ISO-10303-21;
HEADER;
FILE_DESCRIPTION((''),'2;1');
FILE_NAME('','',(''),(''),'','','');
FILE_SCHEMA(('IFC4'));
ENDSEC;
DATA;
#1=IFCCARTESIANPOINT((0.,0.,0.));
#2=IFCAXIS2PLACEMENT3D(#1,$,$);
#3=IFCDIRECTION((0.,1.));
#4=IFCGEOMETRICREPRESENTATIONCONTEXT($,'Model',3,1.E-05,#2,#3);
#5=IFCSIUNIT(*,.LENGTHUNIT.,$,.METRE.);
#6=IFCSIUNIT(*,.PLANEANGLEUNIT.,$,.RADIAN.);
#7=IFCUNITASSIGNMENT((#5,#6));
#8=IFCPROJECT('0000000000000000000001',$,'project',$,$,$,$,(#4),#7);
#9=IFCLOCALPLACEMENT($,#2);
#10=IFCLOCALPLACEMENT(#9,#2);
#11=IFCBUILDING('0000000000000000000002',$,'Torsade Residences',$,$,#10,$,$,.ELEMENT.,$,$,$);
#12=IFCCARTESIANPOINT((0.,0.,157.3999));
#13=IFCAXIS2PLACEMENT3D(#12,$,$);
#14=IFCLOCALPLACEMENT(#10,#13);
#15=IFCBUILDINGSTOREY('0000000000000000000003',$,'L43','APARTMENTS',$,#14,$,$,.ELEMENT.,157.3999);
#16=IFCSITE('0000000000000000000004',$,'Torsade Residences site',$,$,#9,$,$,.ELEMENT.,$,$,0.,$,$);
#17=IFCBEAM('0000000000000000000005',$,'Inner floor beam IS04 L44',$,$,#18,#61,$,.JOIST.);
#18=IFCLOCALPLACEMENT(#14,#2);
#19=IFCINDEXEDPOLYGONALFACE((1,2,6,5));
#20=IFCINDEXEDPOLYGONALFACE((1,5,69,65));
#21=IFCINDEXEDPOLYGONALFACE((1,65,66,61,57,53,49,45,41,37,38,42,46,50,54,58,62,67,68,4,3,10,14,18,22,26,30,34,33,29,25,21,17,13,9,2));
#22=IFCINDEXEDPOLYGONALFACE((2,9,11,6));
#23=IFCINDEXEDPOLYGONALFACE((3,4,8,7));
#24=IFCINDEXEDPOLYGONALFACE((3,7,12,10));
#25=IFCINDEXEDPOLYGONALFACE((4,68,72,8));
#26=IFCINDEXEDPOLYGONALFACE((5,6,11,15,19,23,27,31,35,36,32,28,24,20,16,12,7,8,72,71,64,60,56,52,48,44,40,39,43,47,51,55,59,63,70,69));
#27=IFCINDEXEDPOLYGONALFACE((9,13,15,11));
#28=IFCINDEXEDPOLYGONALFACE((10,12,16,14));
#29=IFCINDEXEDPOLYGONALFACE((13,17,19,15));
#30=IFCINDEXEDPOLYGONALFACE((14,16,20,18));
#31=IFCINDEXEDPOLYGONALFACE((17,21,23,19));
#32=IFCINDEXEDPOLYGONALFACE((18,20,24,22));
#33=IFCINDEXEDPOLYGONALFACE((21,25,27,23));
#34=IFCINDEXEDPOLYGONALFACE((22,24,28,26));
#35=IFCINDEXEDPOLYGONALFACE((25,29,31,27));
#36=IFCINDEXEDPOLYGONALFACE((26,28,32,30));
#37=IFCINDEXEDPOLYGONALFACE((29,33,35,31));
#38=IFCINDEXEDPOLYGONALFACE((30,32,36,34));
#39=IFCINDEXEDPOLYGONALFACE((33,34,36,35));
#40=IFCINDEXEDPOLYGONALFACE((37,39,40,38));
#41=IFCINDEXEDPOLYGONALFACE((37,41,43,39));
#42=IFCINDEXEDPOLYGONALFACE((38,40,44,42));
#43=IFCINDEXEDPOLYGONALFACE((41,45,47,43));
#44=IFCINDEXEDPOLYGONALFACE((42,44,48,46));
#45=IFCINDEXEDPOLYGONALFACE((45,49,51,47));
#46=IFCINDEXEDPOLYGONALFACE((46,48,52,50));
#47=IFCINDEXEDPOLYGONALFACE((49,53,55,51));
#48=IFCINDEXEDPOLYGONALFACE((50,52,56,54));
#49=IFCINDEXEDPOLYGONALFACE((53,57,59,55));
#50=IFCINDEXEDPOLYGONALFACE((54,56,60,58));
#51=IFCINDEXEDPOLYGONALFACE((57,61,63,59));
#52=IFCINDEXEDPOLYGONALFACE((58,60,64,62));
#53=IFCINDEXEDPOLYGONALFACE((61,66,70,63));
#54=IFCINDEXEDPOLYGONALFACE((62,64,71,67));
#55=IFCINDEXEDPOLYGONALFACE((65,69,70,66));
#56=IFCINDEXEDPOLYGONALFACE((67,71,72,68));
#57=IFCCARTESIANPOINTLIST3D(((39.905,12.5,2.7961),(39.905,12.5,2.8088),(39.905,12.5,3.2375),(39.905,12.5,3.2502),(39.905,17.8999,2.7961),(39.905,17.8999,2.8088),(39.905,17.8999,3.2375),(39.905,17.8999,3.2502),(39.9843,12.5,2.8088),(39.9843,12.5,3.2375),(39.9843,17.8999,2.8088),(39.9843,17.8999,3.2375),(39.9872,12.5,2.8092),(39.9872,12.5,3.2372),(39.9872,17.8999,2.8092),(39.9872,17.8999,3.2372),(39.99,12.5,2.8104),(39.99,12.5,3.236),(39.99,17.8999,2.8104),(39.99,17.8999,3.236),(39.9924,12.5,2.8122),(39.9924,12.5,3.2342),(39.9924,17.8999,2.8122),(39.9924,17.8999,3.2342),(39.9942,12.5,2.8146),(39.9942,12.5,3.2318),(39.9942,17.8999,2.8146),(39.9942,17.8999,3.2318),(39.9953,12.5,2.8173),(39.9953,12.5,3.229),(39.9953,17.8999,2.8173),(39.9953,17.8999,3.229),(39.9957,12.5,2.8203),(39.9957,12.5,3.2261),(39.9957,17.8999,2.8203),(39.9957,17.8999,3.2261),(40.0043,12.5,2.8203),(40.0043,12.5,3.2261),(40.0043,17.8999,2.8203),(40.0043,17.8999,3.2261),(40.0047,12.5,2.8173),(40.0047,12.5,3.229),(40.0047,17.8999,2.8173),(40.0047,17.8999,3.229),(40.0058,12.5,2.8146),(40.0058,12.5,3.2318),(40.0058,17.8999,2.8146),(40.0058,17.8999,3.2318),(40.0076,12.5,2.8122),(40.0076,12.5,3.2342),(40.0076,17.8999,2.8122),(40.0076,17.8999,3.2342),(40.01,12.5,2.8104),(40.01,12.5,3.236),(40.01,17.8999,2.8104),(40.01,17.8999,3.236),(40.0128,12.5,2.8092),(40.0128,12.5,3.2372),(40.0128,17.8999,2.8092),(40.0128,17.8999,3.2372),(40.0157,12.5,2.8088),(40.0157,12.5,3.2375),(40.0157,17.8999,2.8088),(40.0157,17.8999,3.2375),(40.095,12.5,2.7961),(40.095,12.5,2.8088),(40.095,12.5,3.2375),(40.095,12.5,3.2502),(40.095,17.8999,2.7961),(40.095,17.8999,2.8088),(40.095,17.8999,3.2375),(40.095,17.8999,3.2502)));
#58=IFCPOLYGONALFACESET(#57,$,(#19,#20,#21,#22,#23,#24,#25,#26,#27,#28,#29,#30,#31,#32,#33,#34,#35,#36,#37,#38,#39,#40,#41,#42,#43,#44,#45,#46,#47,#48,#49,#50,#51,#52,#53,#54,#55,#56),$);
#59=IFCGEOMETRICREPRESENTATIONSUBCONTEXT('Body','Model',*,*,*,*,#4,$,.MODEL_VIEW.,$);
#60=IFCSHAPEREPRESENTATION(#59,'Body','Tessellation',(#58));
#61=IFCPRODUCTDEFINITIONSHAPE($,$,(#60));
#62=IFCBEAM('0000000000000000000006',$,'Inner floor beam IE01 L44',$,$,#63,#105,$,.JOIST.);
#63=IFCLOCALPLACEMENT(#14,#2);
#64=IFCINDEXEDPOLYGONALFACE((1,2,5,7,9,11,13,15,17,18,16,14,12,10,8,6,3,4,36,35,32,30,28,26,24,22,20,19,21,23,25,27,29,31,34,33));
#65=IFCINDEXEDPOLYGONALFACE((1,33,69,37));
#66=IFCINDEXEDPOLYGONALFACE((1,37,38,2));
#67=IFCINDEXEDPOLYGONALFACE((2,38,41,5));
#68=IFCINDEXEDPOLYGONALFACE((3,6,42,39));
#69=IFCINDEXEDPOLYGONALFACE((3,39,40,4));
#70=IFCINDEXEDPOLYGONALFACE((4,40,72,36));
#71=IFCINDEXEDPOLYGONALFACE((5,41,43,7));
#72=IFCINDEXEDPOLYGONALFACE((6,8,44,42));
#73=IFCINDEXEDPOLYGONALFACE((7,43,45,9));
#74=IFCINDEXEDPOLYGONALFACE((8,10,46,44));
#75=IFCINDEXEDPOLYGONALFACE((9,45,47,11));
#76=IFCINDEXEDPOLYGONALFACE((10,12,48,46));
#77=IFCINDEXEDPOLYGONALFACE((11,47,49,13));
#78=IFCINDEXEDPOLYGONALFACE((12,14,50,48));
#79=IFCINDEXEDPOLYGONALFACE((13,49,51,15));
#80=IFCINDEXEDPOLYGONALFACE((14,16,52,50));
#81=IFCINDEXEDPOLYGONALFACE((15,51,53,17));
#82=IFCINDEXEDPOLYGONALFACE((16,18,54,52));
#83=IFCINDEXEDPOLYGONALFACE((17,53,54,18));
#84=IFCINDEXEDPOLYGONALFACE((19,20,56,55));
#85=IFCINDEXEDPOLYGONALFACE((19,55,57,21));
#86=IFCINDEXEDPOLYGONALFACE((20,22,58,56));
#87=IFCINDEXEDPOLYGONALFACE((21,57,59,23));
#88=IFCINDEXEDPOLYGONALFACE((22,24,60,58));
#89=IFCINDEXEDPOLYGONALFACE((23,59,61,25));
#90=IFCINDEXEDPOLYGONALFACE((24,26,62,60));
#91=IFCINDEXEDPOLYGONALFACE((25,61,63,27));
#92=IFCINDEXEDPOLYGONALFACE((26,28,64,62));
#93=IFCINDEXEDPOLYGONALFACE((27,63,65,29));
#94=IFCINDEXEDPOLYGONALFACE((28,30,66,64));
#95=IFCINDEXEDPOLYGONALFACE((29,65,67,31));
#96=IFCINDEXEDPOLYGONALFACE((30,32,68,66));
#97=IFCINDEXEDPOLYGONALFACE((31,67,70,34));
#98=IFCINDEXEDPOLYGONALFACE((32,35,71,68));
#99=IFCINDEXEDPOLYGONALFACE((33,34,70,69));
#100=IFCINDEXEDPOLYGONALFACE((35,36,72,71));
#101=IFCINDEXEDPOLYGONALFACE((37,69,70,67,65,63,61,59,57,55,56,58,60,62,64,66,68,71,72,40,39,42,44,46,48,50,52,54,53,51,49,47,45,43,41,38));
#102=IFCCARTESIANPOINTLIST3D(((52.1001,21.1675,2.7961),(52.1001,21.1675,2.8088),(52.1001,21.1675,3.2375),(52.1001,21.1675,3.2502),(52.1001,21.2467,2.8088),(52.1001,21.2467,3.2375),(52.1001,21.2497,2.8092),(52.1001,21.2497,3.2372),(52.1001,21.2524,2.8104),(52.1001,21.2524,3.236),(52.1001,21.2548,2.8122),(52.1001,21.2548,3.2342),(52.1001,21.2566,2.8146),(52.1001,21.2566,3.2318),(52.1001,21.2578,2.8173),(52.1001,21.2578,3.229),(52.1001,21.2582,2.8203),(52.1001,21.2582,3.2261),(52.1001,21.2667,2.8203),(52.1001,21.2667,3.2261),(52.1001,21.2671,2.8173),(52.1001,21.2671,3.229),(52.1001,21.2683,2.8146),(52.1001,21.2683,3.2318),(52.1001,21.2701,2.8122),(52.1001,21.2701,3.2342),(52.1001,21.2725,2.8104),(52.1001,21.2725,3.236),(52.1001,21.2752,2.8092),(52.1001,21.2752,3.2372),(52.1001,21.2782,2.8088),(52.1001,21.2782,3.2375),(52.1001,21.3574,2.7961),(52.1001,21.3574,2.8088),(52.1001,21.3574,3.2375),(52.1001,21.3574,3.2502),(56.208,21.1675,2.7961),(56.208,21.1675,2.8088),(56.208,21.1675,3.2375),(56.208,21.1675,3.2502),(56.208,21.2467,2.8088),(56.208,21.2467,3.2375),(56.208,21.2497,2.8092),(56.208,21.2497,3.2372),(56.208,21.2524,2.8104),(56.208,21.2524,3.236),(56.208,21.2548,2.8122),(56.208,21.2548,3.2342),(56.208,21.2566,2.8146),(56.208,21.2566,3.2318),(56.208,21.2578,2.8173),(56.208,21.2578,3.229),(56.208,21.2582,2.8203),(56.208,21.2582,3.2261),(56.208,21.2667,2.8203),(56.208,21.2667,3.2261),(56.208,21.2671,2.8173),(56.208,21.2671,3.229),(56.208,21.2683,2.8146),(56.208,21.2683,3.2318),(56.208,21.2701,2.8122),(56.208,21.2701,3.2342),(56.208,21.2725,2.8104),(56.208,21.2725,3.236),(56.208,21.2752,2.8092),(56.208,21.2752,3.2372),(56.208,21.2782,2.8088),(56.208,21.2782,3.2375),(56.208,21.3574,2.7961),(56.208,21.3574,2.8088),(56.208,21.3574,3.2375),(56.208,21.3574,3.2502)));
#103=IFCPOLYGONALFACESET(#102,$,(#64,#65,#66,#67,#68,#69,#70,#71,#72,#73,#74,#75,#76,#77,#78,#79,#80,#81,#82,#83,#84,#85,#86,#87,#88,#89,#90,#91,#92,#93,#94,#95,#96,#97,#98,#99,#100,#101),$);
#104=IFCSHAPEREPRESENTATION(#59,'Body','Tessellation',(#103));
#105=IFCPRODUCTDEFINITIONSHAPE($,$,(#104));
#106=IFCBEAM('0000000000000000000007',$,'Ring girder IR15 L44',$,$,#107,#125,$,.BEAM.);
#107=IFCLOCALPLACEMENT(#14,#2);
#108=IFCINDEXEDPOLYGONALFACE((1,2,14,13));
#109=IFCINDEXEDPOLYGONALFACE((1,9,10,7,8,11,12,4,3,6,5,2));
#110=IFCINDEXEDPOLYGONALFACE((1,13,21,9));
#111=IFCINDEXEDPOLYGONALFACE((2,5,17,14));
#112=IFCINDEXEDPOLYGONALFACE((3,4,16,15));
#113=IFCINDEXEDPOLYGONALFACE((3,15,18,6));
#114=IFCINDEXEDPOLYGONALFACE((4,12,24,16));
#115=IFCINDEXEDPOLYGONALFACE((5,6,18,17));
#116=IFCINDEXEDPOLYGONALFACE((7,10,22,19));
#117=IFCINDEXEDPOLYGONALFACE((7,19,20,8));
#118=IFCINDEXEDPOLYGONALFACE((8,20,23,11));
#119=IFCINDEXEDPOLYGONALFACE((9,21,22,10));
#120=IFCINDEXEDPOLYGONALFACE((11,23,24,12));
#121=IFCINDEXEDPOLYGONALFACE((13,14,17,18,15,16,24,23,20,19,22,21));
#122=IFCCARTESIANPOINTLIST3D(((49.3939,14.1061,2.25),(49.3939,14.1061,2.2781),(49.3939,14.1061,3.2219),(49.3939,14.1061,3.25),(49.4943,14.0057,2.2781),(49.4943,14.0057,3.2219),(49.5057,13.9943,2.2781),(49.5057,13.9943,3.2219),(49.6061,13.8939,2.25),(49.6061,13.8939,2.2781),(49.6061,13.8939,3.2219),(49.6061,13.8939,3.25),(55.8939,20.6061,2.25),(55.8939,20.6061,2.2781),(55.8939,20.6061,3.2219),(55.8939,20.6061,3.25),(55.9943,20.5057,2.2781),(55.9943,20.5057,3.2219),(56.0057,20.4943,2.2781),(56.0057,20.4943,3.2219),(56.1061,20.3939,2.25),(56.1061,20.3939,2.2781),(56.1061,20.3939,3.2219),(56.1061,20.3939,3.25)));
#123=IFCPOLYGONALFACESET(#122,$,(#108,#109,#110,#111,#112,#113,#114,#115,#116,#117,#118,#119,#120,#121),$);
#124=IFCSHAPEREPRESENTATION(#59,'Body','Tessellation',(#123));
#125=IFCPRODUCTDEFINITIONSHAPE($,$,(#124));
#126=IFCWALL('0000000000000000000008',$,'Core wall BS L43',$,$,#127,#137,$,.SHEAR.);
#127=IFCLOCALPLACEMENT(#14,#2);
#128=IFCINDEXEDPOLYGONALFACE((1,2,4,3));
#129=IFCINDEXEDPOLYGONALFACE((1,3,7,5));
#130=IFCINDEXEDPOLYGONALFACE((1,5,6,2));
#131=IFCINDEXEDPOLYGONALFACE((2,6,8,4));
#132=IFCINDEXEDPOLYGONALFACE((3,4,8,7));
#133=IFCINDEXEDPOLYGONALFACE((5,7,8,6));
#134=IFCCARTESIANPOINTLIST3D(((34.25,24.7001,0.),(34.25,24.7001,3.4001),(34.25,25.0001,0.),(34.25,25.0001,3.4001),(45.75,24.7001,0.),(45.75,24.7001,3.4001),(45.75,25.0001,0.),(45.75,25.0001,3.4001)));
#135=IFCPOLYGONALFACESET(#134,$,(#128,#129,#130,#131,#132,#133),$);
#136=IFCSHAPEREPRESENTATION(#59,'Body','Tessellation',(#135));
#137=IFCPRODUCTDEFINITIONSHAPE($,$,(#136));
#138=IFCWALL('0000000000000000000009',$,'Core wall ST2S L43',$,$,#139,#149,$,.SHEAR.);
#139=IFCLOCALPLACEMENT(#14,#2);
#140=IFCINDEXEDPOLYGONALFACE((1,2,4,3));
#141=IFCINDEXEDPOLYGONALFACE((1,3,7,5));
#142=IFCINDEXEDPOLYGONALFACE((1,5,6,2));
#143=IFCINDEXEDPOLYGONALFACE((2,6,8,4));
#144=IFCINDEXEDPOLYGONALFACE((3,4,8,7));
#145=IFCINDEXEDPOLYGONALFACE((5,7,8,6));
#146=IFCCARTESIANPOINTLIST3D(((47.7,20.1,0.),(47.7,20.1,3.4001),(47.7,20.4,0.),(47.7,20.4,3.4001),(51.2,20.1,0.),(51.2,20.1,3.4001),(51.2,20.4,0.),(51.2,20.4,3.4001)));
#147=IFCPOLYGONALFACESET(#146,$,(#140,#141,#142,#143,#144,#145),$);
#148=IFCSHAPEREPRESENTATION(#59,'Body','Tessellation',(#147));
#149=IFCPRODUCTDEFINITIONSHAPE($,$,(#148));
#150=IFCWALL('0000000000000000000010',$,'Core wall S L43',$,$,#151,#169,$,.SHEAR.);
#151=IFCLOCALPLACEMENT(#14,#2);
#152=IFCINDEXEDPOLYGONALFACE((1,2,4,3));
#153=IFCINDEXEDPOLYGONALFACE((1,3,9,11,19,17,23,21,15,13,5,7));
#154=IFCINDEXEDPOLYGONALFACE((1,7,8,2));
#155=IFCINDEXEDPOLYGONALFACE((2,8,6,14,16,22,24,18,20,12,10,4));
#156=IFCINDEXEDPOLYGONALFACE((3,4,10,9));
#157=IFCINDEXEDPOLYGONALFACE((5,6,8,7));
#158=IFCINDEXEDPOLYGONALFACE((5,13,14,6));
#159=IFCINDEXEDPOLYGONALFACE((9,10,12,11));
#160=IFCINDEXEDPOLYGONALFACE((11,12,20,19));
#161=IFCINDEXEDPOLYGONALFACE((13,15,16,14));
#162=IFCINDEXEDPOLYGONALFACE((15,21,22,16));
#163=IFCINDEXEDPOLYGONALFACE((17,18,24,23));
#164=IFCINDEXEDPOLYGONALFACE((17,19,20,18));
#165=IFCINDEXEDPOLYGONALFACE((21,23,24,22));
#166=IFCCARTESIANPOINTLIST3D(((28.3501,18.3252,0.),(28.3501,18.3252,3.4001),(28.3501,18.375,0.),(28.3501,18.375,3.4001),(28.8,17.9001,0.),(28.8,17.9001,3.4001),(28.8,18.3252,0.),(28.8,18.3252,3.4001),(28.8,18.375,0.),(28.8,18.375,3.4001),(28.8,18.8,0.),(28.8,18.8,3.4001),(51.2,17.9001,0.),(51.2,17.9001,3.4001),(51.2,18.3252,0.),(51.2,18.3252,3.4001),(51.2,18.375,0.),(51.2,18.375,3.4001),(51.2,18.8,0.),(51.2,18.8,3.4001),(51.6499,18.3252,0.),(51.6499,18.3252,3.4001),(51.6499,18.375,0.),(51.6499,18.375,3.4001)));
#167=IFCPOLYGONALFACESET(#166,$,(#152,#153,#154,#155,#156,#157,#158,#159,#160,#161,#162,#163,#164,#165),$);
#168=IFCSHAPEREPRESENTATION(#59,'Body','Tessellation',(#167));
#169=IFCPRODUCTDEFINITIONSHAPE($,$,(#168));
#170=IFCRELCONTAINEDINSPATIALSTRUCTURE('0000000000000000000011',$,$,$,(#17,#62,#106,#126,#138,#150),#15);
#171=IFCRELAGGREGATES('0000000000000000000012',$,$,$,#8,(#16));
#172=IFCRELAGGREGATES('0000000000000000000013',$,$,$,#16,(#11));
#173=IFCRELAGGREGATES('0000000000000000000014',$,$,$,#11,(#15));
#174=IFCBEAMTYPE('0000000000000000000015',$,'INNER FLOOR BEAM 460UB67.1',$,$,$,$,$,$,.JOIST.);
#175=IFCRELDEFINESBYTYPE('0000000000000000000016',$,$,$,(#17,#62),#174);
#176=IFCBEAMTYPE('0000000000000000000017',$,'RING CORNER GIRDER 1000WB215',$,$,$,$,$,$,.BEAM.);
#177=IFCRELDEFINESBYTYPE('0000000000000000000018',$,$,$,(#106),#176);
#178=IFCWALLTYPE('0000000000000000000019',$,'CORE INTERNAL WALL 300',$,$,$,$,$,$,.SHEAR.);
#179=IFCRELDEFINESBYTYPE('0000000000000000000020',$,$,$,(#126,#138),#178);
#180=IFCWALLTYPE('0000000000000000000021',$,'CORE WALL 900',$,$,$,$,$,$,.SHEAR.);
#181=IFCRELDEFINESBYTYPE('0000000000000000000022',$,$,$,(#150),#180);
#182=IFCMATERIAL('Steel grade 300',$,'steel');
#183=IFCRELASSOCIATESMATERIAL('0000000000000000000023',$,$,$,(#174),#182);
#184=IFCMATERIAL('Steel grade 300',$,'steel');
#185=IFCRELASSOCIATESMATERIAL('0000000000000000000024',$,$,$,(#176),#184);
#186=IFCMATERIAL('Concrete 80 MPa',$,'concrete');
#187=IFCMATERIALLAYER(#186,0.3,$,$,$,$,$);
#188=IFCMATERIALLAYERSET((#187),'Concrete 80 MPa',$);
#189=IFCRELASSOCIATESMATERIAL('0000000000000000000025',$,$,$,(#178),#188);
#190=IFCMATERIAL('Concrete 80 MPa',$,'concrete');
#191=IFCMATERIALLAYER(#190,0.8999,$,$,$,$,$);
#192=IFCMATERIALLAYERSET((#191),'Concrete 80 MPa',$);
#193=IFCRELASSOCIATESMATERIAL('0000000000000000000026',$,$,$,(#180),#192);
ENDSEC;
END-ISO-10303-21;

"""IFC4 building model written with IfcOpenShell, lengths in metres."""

from ifc_helpers import new_model, si_unit, direction, frame, frame_2d, origin, origin_2d, place, context, subcontext, project, spatial, polyline, rectangle, i_section, outline, extrude, material, layer, layer_set, material_profile, profile_set, type_object, element, save


model = new_model("IFC4")

# Units and contexts
model_context = context("Model", 3, precision=1e-05, world=origin(), true_north=direction((0.0, 1.0)))
body_context = subcontext(model_context, "Body", "Model", "MODEL_VIEW")
ifc_project = project(units=[si_unit("LENGTHUNIT", "METRE"), si_unit("PLANEANGLEUNIT", "RADIAN")], contexts=[model_context])

# Site, building, storey
site_placement = place(None, origin())
site = spatial("IfcSite", under=ifc_project, at=site_placement, Name="Torsade Residences site", CompositionType="ELEMENT", RefElevation=0.0)
building_placement = place(site_placement, origin())
building = spatial("IfcBuilding", under=site, at=building_placement, Name="Torsade Residences", CompositionType="ELEMENT")
storey_placement = place(building_placement, frame((0.0, 0.0, 157.3999)))
storey = spatial("IfcBuildingStorey", under=building, at=storey_placement, Name="L43", Description="APARTMENTS", CompositionType="ELEMENT", Elevation=157.3999)

# Beams
ifc_material_1 = material(Name="Steel grade 300", Category="steel")
ifc_material_profile_1 = material_profile(ifc_material_1, i_section(OverallWidth=0.1899, OverallDepth=0.4541, WebThickness=0.0085, FlangeThickness=0.0127, FilletRadius=0.0115, at=origin_2d()), Name="460UB67.1")
ifc_profile_set_1 = profile_set([ifc_material_profile_1], Name="Steel grade 300")
beam_type_1 = type_object("IfcBeamType", Name="INNER FLOOR BEAM 460UB67.1", PredefinedType="JOIST", material=ifc_profile_set_1)
for number, where, z_axis, x_axis, name in (
    (1, (40.0, 17.8999, 3.0232), (0.0, -1.0, 0.0), (1.0, 0.0, 0.0), "Inner floor beam IS04 L44"),
):
    element("IfcBeam", number, at=place(storey_placement, frame(where, z_axis=z_axis, x_axis=x_axis)), inside=storey, type_object=beam_type_1, Name=name, PredefinedType="JOIST", context=body_context, shape_type="SweptSolid", body=[
        extrude(i_section(OverallWidth=0.1899, OverallDepth=0.4541, WebThickness=0.0085, FlangeThickness=0.0127, FilletRadius=0.0115, at=origin_2d()), origin(), (0.0, 0.0, 1.0), 5.3999),
    ])
beam_1_placement = place(storey_placement, frame((52.1001, 21.2625, 3.0232), z_axis=(1.0, 0.0, 0.0), x_axis=(0.0, 1.0, 0.0)))
element("IfcBeam", 2, at=beam_1_placement, inside=storey, type_object=beam_type_1, Name="Inner floor beam IE01 L44", PredefinedType="JOIST", context=body_context, shape_type="SweptSolid", body=[
    extrude(i_section(OverallWidth=0.1899, OverallDepth=0.4541, WebThickness=0.0085, FlangeThickness=0.0127, FilletRadius=0.0115, at=origin_2d()), origin(), (0.0, 0.0, 1.0), 4.1079),
])
ifc_material_2 = material(Name="Steel grade 300", Category="steel")
ifc_material_profile_2 = material_profile(ifc_material_2, i_section(OverallWidth=0.3, OverallDepth=1.0, WebThickness=0.0161, FlangeThickness=0.0281, at=origin_2d()), Name="1000WB215")
ifc_profile_set_2 = profile_set([ifc_material_profile_2], Name="Steel grade 300")
beam_type_2 = type_object("IfcBeamType", Name="RING CORNER GIRDER 1000WB215", PredefinedType="BEAM", material=ifc_profile_set_2)
beam_2_placement = place(storey_placement, frame((49.5, 14.0, 2.75), z_axis=(0.707107, 0.707107, 0.0), x_axis=(-0.707107, 0.707107, 0.0)))
element("IfcBeam", 3, at=beam_2_placement, inside=storey, type_object=beam_type_2, Name="Ring girder IR15 L44", PredefinedType="BEAM", context=body_context, shape_type="SweptSolid", body=[
    extrude(i_section(OverallWidth=0.3, OverallDepth=1.0, WebThickness=0.0161, FlangeThickness=0.0281, at=origin_2d()), origin(), (0.0, 0.0, 1.0), 9.1924),
])

# Walls
ifc_material_3 = material(Name="Concrete 80 MPa", Category="concrete")
ifc_layer_1 = layer(ifc_material_3, 0.3)
ifc_layer_set_1 = layer_set([ifc_layer_1], Name="Concrete 80 MPa")
wall_type_1 = type_object("IfcWallType", Name="CORE INTERNAL WALL 300", PredefinedType="SHEAR", material=ifc_layer_set_1)
wall_1_placement = place(storey_placement, frame((45.75, 24.8501, 0.0), z_axis=(0.0, 0.0, 1.0), x_axis=(-1.0, 0.0, 0.0)))
element("IfcWall", 4, at=wall_1_placement, inside=storey, type_object=wall_type_1, Name="Core wall BS L43", PredefinedType="SHEAR", context=body_context, shape_type="SweptSolid", body=[
    extrude(rectangle(XDim=11.5, YDim=0.3, at=frame_2d((5.75, 0.0))), origin(), (0.0, 0.0, 1.0), 3.4001),
])
wall_2_placement = place(storey_placement, frame((51.2, 20.25, 0.0), z_axis=(0.0, 0.0, 1.0), x_axis=(-1.0, 0.0, 0.0)))
element("IfcWall", 5, at=wall_2_placement, inside=storey, type_object=wall_type_1, Name="Core wall ST2S L43", PredefinedType="SHEAR", context=body_context, shape_type="SweptSolid", body=[
    extrude(rectangle(XDim=3.5, YDim=0.3, at=frame_2d((1.75, 0.0))), origin(), (0.0, 0.0, 1.0), 3.4001),
])
ifc_material_4 = material(Name="Concrete 80 MPa", Category="concrete")
ifc_layer_2 = layer(ifc_material_4, 0.8999)
ifc_layer_set_2 = layer_set([ifc_layer_2], Name="Concrete 80 MPa")
wall_type_2 = type_object("IfcWallType", Name="CORE WALL 900", PredefinedType="SHEAR", material=ifc_layer_set_2)
wall_3_placement = place(storey_placement, frame((51.2, 18.3501, 0.0), z_axis=(0.0, 0.0, 1.0), x_axis=(-1.0, 0.0, 0.0)))
element("IfcWall", 6, at=wall_3_placement, inside=storey, type_object=wall_type_2, Name="Core wall S L43", PredefinedType="SHEAR", context=body_context, shape_type="SweptSolid", body=[
    extrude(outline(polyline([(0.0, -0.45), (22.3999, -0.45), (22.3999, -0.0249), (22.8499, -0.0249), (22.8499, 0.0249), (22.3999, 0.0249), (22.3999, 0.45), (0.0, 0.45), (0.0, 0.0249), (-0.45, 0.0249), (-0.45, -0.0249), (0.0, -0.0249), (0.0, -0.45)])), origin(), (0.0, 0.0, 1.0), 3.4001),
])

save(model, "model.ifc")
